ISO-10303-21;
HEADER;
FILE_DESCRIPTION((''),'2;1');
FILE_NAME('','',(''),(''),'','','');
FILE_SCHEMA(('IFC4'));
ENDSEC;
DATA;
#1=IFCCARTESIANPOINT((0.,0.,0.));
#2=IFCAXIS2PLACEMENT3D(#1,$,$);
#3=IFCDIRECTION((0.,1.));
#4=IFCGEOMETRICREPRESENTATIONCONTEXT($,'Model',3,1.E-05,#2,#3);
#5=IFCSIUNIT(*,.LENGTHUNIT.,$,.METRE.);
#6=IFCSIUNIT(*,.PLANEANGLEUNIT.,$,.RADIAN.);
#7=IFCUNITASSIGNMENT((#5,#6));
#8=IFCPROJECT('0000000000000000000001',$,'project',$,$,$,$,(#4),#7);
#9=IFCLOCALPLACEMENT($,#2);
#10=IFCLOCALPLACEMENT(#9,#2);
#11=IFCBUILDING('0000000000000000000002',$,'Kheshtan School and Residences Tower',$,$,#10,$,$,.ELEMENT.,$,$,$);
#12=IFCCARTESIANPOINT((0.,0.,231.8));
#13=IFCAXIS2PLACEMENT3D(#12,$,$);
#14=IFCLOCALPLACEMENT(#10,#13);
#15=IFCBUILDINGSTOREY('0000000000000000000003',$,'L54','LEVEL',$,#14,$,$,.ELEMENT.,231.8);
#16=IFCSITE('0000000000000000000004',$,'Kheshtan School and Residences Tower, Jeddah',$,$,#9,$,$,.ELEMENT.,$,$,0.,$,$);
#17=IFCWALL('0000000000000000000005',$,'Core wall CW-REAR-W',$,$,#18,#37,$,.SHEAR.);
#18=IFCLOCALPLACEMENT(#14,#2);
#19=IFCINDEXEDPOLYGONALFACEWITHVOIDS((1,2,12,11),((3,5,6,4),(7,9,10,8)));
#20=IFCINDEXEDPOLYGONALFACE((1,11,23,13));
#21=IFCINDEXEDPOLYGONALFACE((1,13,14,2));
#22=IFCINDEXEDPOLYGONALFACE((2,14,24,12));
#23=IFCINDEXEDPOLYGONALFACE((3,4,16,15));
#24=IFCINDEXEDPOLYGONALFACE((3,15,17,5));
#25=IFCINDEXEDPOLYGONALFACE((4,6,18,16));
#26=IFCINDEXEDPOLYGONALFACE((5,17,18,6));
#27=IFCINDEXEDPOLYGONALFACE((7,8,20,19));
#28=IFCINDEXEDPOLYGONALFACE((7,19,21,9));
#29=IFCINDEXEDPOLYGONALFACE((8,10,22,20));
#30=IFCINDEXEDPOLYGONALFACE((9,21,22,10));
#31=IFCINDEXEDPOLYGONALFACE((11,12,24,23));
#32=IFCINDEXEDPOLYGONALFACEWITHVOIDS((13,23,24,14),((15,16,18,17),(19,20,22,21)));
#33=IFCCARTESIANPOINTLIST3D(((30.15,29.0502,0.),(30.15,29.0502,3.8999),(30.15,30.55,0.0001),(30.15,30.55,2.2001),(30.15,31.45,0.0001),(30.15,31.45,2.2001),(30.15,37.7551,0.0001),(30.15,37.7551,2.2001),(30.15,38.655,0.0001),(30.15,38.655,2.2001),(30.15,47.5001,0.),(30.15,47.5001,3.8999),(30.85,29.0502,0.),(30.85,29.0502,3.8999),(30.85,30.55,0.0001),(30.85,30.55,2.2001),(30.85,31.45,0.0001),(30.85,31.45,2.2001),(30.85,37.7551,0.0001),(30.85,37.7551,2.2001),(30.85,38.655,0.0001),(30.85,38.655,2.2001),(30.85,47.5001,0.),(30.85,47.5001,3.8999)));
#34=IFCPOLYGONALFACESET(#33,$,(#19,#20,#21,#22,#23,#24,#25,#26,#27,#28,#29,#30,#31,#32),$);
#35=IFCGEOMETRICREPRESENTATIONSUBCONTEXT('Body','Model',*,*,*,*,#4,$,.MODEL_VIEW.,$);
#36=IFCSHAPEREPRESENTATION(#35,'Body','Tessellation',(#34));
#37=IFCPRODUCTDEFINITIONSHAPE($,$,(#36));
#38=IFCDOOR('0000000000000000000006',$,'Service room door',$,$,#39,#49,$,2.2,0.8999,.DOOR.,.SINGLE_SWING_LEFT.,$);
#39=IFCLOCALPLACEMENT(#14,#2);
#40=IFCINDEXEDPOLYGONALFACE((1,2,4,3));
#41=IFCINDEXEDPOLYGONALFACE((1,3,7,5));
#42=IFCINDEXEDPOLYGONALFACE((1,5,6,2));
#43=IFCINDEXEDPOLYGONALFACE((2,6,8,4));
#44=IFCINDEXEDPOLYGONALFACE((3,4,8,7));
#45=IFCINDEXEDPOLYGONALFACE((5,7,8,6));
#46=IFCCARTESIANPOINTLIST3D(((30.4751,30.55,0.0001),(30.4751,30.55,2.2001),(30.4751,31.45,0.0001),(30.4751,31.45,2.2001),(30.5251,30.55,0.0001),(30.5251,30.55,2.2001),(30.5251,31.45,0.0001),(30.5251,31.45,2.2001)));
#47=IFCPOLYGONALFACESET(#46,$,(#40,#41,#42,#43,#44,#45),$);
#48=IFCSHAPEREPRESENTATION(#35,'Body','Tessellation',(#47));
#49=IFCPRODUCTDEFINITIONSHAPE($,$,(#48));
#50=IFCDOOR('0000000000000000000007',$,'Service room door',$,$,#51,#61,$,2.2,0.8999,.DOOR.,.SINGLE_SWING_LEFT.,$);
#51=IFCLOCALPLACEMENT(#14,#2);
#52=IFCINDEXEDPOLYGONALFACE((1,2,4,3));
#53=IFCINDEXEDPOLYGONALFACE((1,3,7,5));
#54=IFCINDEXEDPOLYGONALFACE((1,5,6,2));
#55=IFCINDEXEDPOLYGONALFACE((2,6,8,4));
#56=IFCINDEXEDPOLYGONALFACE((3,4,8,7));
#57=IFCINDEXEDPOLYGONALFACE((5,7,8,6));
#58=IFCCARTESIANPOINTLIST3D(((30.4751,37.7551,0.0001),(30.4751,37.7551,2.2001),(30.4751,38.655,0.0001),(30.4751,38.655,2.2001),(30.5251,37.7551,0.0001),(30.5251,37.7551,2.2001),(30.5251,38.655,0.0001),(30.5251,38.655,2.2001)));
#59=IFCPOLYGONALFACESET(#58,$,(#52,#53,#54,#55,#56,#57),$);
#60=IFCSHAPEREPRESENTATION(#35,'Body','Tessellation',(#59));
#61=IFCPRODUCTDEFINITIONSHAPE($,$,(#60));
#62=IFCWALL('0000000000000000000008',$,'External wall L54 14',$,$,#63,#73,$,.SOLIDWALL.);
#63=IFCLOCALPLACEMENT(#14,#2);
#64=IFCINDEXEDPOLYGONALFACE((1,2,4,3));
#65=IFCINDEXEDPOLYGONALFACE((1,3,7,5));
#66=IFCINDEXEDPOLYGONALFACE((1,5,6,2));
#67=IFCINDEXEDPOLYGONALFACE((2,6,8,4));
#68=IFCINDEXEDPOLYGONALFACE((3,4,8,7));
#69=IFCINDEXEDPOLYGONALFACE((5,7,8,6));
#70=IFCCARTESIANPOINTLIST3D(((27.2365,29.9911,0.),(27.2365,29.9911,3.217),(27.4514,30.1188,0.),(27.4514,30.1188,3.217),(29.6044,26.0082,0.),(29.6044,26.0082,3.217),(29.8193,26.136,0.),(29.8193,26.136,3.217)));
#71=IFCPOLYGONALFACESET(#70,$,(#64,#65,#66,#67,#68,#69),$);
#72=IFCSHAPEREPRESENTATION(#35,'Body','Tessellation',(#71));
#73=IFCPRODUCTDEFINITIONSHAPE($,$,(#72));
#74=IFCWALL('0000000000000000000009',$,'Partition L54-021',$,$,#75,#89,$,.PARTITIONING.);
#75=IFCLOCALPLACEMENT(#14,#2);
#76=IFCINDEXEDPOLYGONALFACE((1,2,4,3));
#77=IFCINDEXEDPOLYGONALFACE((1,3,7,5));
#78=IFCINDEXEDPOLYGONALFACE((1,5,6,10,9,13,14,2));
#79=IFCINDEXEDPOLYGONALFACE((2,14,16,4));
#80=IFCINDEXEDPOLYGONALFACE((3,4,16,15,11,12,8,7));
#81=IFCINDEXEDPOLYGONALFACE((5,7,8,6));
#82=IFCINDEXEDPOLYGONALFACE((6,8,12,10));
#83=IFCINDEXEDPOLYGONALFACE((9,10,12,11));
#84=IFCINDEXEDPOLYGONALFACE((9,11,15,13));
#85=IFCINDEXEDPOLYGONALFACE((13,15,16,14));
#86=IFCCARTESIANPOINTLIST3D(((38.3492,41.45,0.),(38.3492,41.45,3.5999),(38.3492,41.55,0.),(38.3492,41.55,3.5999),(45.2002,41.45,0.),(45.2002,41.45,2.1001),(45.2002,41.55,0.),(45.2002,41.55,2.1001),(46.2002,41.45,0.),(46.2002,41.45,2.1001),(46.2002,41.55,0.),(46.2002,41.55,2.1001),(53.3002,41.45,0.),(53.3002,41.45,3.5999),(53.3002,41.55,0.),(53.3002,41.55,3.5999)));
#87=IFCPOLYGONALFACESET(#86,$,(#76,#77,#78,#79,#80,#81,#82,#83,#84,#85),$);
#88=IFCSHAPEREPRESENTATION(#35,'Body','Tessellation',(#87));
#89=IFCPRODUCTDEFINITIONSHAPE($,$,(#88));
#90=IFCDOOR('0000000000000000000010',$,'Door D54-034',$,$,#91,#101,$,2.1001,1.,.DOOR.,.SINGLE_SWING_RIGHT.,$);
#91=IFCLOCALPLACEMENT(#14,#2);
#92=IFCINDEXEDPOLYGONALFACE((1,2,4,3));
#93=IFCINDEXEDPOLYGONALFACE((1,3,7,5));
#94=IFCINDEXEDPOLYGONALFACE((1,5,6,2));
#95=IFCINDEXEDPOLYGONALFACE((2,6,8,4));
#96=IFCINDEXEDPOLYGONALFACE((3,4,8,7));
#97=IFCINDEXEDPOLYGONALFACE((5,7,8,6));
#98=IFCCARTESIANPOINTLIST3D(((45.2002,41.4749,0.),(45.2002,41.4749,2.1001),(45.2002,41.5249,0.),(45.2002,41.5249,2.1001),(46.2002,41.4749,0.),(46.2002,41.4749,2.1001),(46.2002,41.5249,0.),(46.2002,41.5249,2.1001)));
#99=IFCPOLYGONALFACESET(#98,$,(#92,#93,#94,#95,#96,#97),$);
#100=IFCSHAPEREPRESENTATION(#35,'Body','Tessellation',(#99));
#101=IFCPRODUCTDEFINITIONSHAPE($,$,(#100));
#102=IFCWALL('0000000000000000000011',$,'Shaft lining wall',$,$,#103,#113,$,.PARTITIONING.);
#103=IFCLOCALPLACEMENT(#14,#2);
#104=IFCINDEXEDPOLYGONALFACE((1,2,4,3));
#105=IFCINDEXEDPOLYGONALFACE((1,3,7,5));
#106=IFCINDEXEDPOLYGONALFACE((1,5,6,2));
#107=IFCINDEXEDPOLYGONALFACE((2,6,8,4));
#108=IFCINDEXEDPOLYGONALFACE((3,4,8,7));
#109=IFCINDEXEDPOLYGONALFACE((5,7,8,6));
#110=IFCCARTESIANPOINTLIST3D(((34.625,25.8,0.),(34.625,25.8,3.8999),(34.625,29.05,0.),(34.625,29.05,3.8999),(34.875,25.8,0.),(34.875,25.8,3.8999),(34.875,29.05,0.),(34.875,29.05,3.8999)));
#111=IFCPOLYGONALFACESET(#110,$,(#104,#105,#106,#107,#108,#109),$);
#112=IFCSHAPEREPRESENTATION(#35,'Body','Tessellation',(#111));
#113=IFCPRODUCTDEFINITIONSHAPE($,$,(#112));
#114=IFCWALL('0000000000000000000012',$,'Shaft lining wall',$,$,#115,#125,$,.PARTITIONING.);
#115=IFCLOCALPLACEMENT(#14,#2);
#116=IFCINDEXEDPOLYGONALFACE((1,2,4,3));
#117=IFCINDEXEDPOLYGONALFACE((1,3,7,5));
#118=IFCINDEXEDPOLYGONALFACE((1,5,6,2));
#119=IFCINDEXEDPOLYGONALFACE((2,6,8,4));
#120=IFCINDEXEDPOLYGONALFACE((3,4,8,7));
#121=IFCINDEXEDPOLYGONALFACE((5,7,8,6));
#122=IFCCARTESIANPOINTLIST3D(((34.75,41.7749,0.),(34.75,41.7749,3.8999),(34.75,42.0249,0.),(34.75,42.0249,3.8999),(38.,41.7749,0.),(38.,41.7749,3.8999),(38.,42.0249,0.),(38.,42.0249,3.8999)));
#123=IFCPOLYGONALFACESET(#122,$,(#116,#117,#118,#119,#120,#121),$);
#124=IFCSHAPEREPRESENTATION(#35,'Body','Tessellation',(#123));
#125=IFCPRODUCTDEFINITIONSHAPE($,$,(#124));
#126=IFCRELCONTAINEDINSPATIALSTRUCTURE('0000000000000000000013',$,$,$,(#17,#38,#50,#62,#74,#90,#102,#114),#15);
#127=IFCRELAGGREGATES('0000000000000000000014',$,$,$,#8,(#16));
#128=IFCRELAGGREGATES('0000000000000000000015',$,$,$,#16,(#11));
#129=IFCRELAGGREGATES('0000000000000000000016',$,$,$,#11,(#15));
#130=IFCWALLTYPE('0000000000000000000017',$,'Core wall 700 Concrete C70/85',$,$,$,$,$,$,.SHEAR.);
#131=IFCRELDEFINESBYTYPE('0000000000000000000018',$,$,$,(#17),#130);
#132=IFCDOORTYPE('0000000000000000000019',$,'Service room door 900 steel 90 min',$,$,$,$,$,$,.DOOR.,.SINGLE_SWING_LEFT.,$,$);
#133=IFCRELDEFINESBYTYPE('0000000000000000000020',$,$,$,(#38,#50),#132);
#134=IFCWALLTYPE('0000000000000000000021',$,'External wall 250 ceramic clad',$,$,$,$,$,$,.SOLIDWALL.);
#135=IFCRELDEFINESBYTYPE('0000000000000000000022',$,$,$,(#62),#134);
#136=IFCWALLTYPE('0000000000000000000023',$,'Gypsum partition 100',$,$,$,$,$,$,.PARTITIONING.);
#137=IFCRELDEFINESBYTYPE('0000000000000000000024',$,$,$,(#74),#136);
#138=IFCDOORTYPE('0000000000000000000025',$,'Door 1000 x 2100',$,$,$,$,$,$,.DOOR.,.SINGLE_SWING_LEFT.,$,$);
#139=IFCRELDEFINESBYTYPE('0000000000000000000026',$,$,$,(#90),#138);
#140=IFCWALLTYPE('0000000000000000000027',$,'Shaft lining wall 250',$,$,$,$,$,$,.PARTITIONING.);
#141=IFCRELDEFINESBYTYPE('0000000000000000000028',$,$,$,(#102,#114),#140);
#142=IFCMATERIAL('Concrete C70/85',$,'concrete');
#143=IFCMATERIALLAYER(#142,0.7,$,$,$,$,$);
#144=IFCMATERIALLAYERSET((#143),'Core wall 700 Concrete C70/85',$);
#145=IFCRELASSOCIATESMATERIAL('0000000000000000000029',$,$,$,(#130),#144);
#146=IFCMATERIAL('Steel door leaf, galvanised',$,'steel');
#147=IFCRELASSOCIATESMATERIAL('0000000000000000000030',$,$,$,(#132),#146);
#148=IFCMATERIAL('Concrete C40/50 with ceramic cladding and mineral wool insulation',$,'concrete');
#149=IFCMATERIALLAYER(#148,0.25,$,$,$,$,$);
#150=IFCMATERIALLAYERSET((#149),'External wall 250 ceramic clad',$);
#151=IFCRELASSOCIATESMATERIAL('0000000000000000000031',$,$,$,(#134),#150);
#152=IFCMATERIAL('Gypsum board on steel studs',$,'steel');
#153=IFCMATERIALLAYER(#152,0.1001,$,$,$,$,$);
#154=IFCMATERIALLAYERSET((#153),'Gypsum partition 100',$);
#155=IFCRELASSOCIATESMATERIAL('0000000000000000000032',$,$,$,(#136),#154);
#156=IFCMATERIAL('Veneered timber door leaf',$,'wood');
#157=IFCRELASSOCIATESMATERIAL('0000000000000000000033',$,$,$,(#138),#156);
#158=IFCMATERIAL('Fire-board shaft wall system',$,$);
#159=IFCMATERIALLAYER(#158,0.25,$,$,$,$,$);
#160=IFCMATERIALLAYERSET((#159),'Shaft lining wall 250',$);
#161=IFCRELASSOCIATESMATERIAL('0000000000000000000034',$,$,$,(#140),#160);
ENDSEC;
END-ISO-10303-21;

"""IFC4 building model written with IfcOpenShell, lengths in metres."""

from ifc_helpers import new_model, si_unit, direction, frame, frame_2d, origin, place, context, subcontext, project, spatial, rectangle, extrude, source, transform, mapped, material, layer, layer_set, type_object, element, fill, save


model = new_model("IFC4")

# Units and contexts
model_context = context("Model", 3, precision=1e-05, world=origin(), true_north=direction((0.0, 1.0)))
body_context = subcontext(model_context, "Body", "Model", "MODEL_VIEW")
ifc_project = project(units=[si_unit("LENGTHUNIT", "METRE"), si_unit("PLANEANGLEUNIT", "RADIAN")], contexts=[model_context])

# Site, building, storey
site_placement = place(None, origin())
site = spatial("IfcSite", under=ifc_project, at=site_placement, Name="Kheshtan School and Residences Tower, Jeddah", CompositionType="ELEMENT", RefElevation=0.0)
building_placement = place(site_placement, origin())
building = spatial("IfcBuilding", under=site, at=building_placement, Name="Kheshtan School and Residences Tower", CompositionType="ELEMENT")
storey_placement = place(building_placement, frame((0.0, 0.0, 231.8)))
storey = spatial("IfcBuildingStorey", under=building, at=storey_placement, Name="L54", Description="LEVEL", CompositionType="ELEMENT", Elevation=231.8)

# Shared definitions
ifc_material_1 = material(Name="Steel door leaf, galvanised", Category="steel")

# Shared definitions
ifc_material_2 = material(Name="Concrete C70/85", Category="concrete")
ifc_layer_1 = layer(ifc_material_2, 0.7)
ifc_layer_set_1 = layer_set([ifc_layer_1], Name="Core wall 700 Concrete C70/85")
wall_type_1 = type_object("IfcWallType", Name="Core wall 700 Concrete C70/85", PredefinedType="SHEAR", material=ifc_layer_set_1)

# Wall, openings, doors
wall_1_placement = place(storey_placement, frame((30.5, 29.05, 0.0), z_axis=(0.0, 0.0, 1.0), x_axis=(0.0, 1.0, 0.0)))
wall_1 = element("IfcWall", 1, at=wall_1_placement, inside=storey, type_object=wall_type_1, Name="Core wall CW-REAR-W", PredefinedType="SHEAR", context=body_context, shape_type="SweptSolid", body=[
    extrude(rectangle(XDim=18.45, YDim=0.7, at=frame_2d((9.2251, 0.0))), origin(), (0.0, 0.0, 1.0), 3.8999),
])
opening_1_placement = place(wall_1_placement, frame((1.5, 0.0, 0.0)))
opening_1 = element("IfcOpeningElement", 2, at=opening_1_placement, cuts=wall_1, PredefinedType="OPENING", context=body_context, shape_type="SweptSolid", body=[
    extrude(rectangle(XDim=0.8999, YDim=2.2, at=frame_2d((0.45, 1.1001))), frame((0.0, 0.3599, 0.0), z_axis=(0.0, -1.0, 0.0), x_axis=(1.0, 0.0, 0.0)), (0.0, 0.0, 1.0), 0.72),
])
opening_2_placement = place(wall_1_placement, frame((8.7051, 0.0, 0.0)))
opening_2 = element("IfcOpeningElement", 3, at=opening_2_placement, cuts=wall_1, PredefinedType="OPENING", context=body_context, shape_type="SweptSolid", body=[
    extrude(rectangle(XDim=0.8999, YDim=2.2, at=frame_2d((0.45, 1.1001))), frame((0.0, 0.3599, 0.0), z_axis=(0.0, -1.0, 0.0), x_axis=(1.0, 0.0, 0.0)), (0.0, 0.0, 1.0), 0.72),
])
door_type_1 = type_object("IfcDoorType", Name="Service room door 900 steel 90 min", OperationType="SINGLE_SWING_LEFT", PredefinedType="DOOR", material=ifc_material_1)
shared_shape_1 = source(origin(), body_context, "Body", "SweptSolid", [
    extrude(rectangle(XDim=0.8999, YDim=2.2, at=frame_2d((0.45, 1.1001))), frame((0.0, 0.0249, 0.0), z_axis=(0.0, -1.0, 0.0), x_axis=(1.0, 0.0, 0.0)), (0.0, 0.0, 1.0), 0.05),
])
door_1_placement = place(opening_1_placement, origin())
door_1 = element("IfcDoor", 4, at=door_1_placement, inside=storey, type_object=door_type_1, Name="Service room door", OperationType="SINGLE_SWING_LEFT", OverallHeight=2.2, OverallWidth=0.8999, PredefinedType="DOOR", context=body_context, shape_type="MappedRepresentation", body=[
    mapped(shared_shape_1, transform((0.0, 0.0, 0.0), x_axis=(1.0, 0.0, 0.0), y_axis=(0.0, 1.0, 0.0), z_axis=(0.0, 0.0, 1.0), scale=1.0)),
])
fill(opening_1, door_1)
door_2_placement = place(opening_2_placement, origin())
door_2 = element("IfcDoor", 5, at=door_2_placement, inside=storey, type_object=door_type_1, Name="Service room door", OperationType="SINGLE_SWING_LEFT", OverallHeight=2.2, OverallWidth=0.8999, PredefinedType="DOOR", context=body_context, shape_type="MappedRepresentation", body=[
    mapped(shared_shape_1, transform((0.0, 0.0, 0.0), x_axis=(1.0, 0.0, 0.0), y_axis=(0.0, 1.0, 0.0), z_axis=(0.0, 0.0, 1.0), scale=1.0)),
])
fill(opening_2, door_2)

# Wall
ifc_material_3 = material(Name="Concrete C40/50 with ceramic cladding and mineral wool insulation", Category="concrete")
ifc_layer_2 = layer(ifc_material_3, 0.25)
ifc_layer_set_2 = layer_set([ifc_layer_2], Name="External wall 250 ceramic clad")
wall_type_2 = type_object("IfcWallType", Name="External wall 250 ceramic clad", PredefinedType="SOLIDWALL", material=ifc_layer_set_2)
wall_2_placement = place(storey_placement, frame((29.7119, 26.072, 0.0), z_axis=(0.0, 0.0, 1.0), x_axis=(-0.511028, 0.859564, 0.0)))
element("IfcWall", 6, at=wall_2_placement, inside=storey, type_object=wall_type_2, Name="External wall L54 14", PredefinedType="SOLIDWALL", context=body_context, shape_type="SweptSolid", body=[
    extrude(rectangle(XDim=4.6335, YDim=0.25, at=frame_2d((2.3169, 0.0))), origin(), (0.0, 0.0, 1.0), 3.217),
])

# Wall, opening, door
ifc_material_4 = material(Name="Gypsum board on steel studs", Category="steel")
ifc_layer_3 = layer(ifc_material_4, 0.1001)
ifc_layer_set_3 = layer_set([ifc_layer_3], Name="Gypsum partition 100")
wall_type_3 = type_object("IfcWallType", Name="Gypsum partition 100", PredefinedType="PARTITIONING", material=ifc_layer_set_3)
wall_3_placement = place(storey_placement, frame((38.3491, 41.5, 0.0), z_axis=(0.0, 0.0, 1.0), x_axis=(1.0, 0.0, 0.0)))
wall_3 = element("IfcWall", 7, at=wall_3_placement, inside=storey, type_object=wall_type_3, Name="Partition L54-021", PredefinedType="PARTITIONING", context=body_context, shape_type="SweptSolid", body=[
    extrude(rectangle(XDim=14.9509, YDim=0.1001, at=frame_2d((7.4756, 0.0))), origin(), (0.0, 0.0, 1.0), 3.5999),
])
opening_3_placement = place(wall_3_placement, frame((6.8511, 0.0, 0.0)))
opening_3 = element("IfcOpeningElement", 8, at=opening_3_placement, cuts=wall_3, PredefinedType="OPENING", context=body_context, shape_type="SweptSolid", body=[
    extrude(rectangle(XDim=1.0, YDim=2.1001, at=frame_2d((0.5, 1.05))), frame((0.0, 0.0601, 0.0), z_axis=(0.0, -1.0, 0.0), x_axis=(1.0, 0.0, 0.0)), (0.0, 0.0, 1.0), 0.1201),
])
ifc_material_5 = material(Name="Veneered timber door leaf", Category="wood")
door_type_2 = type_object("IfcDoorType", Name="Door 1000 x 2100", OperationType="SINGLE_SWING_LEFT", PredefinedType="DOOR", material=ifc_material_5)
shared_shape_2 = source(origin(), body_context, "Body", "SweptSolid", [
    extrude(rectangle(XDim=1.0, YDim=2.1001, at=frame_2d((0.5, 1.05))), frame((0.0, 0.0249, 0.0), z_axis=(0.0, -1.0, 0.0), x_axis=(1.0, 0.0, 0.0)), (0.0, 0.0, 1.0), 0.05),
])
door_3_placement = place(opening_3_placement, origin())
door_3 = element("IfcDoor", 9, at=door_3_placement, inside=storey, type_object=door_type_2, Name="Door D54-034", OperationType="SINGLE_SWING_RIGHT", OverallHeight=2.1001, OverallWidth=1.0, PredefinedType="DOOR", context=body_context, shape_type="MappedRepresentation", body=[
    mapped(shared_shape_2, transform((0.0, 0.0, 0.0), x_axis=(1.0, 0.0, 0.0), y_axis=(0.0, 1.0, 0.0), z_axis=(0.0, 0.0, 1.0), scale=1.0)),
])
fill(opening_3, door_3)

# Walls
ifc_material_6 = material(Name="Fire-board shaft wall system")
ifc_layer_4 = layer(ifc_material_6, 0.25)
ifc_layer_set_4 = layer_set([ifc_layer_4], Name="Shaft lining wall 250")
wall_type_4 = type_object("IfcWallType", Name="Shaft lining wall 250", PredefinedType="PARTITIONING", material=ifc_layer_set_4)
for number, where, z_axis, x_axis, name in (
    (10, (34.75, 25.8, 0.0), (0.0, 0.0, 1.0), (0.0, 1.0, 0.0), "Shaft lining wall"),
    (11, (34.75, 41.8999, 0.0), (0.0, 0.0, 1.0), (1.0, 0.0, 0.0), "Shaft lining wall"),
):
    element("IfcWall", number, at=place(storey_placement, frame(where, z_axis=z_axis, x_axis=x_axis)), inside=storey, type_object=wall_type_4, Name=name, PredefinedType="PARTITIONING", context=body_context, shape_type="SweptSolid", body=[
        extrude(rectangle(XDim=3.25, YDim=0.25, at=frame_2d((1.625, 0.0))), origin(), (0.0, 0.0, 1.0), 3.8999),
    ])

save(model, "model.ifc")
